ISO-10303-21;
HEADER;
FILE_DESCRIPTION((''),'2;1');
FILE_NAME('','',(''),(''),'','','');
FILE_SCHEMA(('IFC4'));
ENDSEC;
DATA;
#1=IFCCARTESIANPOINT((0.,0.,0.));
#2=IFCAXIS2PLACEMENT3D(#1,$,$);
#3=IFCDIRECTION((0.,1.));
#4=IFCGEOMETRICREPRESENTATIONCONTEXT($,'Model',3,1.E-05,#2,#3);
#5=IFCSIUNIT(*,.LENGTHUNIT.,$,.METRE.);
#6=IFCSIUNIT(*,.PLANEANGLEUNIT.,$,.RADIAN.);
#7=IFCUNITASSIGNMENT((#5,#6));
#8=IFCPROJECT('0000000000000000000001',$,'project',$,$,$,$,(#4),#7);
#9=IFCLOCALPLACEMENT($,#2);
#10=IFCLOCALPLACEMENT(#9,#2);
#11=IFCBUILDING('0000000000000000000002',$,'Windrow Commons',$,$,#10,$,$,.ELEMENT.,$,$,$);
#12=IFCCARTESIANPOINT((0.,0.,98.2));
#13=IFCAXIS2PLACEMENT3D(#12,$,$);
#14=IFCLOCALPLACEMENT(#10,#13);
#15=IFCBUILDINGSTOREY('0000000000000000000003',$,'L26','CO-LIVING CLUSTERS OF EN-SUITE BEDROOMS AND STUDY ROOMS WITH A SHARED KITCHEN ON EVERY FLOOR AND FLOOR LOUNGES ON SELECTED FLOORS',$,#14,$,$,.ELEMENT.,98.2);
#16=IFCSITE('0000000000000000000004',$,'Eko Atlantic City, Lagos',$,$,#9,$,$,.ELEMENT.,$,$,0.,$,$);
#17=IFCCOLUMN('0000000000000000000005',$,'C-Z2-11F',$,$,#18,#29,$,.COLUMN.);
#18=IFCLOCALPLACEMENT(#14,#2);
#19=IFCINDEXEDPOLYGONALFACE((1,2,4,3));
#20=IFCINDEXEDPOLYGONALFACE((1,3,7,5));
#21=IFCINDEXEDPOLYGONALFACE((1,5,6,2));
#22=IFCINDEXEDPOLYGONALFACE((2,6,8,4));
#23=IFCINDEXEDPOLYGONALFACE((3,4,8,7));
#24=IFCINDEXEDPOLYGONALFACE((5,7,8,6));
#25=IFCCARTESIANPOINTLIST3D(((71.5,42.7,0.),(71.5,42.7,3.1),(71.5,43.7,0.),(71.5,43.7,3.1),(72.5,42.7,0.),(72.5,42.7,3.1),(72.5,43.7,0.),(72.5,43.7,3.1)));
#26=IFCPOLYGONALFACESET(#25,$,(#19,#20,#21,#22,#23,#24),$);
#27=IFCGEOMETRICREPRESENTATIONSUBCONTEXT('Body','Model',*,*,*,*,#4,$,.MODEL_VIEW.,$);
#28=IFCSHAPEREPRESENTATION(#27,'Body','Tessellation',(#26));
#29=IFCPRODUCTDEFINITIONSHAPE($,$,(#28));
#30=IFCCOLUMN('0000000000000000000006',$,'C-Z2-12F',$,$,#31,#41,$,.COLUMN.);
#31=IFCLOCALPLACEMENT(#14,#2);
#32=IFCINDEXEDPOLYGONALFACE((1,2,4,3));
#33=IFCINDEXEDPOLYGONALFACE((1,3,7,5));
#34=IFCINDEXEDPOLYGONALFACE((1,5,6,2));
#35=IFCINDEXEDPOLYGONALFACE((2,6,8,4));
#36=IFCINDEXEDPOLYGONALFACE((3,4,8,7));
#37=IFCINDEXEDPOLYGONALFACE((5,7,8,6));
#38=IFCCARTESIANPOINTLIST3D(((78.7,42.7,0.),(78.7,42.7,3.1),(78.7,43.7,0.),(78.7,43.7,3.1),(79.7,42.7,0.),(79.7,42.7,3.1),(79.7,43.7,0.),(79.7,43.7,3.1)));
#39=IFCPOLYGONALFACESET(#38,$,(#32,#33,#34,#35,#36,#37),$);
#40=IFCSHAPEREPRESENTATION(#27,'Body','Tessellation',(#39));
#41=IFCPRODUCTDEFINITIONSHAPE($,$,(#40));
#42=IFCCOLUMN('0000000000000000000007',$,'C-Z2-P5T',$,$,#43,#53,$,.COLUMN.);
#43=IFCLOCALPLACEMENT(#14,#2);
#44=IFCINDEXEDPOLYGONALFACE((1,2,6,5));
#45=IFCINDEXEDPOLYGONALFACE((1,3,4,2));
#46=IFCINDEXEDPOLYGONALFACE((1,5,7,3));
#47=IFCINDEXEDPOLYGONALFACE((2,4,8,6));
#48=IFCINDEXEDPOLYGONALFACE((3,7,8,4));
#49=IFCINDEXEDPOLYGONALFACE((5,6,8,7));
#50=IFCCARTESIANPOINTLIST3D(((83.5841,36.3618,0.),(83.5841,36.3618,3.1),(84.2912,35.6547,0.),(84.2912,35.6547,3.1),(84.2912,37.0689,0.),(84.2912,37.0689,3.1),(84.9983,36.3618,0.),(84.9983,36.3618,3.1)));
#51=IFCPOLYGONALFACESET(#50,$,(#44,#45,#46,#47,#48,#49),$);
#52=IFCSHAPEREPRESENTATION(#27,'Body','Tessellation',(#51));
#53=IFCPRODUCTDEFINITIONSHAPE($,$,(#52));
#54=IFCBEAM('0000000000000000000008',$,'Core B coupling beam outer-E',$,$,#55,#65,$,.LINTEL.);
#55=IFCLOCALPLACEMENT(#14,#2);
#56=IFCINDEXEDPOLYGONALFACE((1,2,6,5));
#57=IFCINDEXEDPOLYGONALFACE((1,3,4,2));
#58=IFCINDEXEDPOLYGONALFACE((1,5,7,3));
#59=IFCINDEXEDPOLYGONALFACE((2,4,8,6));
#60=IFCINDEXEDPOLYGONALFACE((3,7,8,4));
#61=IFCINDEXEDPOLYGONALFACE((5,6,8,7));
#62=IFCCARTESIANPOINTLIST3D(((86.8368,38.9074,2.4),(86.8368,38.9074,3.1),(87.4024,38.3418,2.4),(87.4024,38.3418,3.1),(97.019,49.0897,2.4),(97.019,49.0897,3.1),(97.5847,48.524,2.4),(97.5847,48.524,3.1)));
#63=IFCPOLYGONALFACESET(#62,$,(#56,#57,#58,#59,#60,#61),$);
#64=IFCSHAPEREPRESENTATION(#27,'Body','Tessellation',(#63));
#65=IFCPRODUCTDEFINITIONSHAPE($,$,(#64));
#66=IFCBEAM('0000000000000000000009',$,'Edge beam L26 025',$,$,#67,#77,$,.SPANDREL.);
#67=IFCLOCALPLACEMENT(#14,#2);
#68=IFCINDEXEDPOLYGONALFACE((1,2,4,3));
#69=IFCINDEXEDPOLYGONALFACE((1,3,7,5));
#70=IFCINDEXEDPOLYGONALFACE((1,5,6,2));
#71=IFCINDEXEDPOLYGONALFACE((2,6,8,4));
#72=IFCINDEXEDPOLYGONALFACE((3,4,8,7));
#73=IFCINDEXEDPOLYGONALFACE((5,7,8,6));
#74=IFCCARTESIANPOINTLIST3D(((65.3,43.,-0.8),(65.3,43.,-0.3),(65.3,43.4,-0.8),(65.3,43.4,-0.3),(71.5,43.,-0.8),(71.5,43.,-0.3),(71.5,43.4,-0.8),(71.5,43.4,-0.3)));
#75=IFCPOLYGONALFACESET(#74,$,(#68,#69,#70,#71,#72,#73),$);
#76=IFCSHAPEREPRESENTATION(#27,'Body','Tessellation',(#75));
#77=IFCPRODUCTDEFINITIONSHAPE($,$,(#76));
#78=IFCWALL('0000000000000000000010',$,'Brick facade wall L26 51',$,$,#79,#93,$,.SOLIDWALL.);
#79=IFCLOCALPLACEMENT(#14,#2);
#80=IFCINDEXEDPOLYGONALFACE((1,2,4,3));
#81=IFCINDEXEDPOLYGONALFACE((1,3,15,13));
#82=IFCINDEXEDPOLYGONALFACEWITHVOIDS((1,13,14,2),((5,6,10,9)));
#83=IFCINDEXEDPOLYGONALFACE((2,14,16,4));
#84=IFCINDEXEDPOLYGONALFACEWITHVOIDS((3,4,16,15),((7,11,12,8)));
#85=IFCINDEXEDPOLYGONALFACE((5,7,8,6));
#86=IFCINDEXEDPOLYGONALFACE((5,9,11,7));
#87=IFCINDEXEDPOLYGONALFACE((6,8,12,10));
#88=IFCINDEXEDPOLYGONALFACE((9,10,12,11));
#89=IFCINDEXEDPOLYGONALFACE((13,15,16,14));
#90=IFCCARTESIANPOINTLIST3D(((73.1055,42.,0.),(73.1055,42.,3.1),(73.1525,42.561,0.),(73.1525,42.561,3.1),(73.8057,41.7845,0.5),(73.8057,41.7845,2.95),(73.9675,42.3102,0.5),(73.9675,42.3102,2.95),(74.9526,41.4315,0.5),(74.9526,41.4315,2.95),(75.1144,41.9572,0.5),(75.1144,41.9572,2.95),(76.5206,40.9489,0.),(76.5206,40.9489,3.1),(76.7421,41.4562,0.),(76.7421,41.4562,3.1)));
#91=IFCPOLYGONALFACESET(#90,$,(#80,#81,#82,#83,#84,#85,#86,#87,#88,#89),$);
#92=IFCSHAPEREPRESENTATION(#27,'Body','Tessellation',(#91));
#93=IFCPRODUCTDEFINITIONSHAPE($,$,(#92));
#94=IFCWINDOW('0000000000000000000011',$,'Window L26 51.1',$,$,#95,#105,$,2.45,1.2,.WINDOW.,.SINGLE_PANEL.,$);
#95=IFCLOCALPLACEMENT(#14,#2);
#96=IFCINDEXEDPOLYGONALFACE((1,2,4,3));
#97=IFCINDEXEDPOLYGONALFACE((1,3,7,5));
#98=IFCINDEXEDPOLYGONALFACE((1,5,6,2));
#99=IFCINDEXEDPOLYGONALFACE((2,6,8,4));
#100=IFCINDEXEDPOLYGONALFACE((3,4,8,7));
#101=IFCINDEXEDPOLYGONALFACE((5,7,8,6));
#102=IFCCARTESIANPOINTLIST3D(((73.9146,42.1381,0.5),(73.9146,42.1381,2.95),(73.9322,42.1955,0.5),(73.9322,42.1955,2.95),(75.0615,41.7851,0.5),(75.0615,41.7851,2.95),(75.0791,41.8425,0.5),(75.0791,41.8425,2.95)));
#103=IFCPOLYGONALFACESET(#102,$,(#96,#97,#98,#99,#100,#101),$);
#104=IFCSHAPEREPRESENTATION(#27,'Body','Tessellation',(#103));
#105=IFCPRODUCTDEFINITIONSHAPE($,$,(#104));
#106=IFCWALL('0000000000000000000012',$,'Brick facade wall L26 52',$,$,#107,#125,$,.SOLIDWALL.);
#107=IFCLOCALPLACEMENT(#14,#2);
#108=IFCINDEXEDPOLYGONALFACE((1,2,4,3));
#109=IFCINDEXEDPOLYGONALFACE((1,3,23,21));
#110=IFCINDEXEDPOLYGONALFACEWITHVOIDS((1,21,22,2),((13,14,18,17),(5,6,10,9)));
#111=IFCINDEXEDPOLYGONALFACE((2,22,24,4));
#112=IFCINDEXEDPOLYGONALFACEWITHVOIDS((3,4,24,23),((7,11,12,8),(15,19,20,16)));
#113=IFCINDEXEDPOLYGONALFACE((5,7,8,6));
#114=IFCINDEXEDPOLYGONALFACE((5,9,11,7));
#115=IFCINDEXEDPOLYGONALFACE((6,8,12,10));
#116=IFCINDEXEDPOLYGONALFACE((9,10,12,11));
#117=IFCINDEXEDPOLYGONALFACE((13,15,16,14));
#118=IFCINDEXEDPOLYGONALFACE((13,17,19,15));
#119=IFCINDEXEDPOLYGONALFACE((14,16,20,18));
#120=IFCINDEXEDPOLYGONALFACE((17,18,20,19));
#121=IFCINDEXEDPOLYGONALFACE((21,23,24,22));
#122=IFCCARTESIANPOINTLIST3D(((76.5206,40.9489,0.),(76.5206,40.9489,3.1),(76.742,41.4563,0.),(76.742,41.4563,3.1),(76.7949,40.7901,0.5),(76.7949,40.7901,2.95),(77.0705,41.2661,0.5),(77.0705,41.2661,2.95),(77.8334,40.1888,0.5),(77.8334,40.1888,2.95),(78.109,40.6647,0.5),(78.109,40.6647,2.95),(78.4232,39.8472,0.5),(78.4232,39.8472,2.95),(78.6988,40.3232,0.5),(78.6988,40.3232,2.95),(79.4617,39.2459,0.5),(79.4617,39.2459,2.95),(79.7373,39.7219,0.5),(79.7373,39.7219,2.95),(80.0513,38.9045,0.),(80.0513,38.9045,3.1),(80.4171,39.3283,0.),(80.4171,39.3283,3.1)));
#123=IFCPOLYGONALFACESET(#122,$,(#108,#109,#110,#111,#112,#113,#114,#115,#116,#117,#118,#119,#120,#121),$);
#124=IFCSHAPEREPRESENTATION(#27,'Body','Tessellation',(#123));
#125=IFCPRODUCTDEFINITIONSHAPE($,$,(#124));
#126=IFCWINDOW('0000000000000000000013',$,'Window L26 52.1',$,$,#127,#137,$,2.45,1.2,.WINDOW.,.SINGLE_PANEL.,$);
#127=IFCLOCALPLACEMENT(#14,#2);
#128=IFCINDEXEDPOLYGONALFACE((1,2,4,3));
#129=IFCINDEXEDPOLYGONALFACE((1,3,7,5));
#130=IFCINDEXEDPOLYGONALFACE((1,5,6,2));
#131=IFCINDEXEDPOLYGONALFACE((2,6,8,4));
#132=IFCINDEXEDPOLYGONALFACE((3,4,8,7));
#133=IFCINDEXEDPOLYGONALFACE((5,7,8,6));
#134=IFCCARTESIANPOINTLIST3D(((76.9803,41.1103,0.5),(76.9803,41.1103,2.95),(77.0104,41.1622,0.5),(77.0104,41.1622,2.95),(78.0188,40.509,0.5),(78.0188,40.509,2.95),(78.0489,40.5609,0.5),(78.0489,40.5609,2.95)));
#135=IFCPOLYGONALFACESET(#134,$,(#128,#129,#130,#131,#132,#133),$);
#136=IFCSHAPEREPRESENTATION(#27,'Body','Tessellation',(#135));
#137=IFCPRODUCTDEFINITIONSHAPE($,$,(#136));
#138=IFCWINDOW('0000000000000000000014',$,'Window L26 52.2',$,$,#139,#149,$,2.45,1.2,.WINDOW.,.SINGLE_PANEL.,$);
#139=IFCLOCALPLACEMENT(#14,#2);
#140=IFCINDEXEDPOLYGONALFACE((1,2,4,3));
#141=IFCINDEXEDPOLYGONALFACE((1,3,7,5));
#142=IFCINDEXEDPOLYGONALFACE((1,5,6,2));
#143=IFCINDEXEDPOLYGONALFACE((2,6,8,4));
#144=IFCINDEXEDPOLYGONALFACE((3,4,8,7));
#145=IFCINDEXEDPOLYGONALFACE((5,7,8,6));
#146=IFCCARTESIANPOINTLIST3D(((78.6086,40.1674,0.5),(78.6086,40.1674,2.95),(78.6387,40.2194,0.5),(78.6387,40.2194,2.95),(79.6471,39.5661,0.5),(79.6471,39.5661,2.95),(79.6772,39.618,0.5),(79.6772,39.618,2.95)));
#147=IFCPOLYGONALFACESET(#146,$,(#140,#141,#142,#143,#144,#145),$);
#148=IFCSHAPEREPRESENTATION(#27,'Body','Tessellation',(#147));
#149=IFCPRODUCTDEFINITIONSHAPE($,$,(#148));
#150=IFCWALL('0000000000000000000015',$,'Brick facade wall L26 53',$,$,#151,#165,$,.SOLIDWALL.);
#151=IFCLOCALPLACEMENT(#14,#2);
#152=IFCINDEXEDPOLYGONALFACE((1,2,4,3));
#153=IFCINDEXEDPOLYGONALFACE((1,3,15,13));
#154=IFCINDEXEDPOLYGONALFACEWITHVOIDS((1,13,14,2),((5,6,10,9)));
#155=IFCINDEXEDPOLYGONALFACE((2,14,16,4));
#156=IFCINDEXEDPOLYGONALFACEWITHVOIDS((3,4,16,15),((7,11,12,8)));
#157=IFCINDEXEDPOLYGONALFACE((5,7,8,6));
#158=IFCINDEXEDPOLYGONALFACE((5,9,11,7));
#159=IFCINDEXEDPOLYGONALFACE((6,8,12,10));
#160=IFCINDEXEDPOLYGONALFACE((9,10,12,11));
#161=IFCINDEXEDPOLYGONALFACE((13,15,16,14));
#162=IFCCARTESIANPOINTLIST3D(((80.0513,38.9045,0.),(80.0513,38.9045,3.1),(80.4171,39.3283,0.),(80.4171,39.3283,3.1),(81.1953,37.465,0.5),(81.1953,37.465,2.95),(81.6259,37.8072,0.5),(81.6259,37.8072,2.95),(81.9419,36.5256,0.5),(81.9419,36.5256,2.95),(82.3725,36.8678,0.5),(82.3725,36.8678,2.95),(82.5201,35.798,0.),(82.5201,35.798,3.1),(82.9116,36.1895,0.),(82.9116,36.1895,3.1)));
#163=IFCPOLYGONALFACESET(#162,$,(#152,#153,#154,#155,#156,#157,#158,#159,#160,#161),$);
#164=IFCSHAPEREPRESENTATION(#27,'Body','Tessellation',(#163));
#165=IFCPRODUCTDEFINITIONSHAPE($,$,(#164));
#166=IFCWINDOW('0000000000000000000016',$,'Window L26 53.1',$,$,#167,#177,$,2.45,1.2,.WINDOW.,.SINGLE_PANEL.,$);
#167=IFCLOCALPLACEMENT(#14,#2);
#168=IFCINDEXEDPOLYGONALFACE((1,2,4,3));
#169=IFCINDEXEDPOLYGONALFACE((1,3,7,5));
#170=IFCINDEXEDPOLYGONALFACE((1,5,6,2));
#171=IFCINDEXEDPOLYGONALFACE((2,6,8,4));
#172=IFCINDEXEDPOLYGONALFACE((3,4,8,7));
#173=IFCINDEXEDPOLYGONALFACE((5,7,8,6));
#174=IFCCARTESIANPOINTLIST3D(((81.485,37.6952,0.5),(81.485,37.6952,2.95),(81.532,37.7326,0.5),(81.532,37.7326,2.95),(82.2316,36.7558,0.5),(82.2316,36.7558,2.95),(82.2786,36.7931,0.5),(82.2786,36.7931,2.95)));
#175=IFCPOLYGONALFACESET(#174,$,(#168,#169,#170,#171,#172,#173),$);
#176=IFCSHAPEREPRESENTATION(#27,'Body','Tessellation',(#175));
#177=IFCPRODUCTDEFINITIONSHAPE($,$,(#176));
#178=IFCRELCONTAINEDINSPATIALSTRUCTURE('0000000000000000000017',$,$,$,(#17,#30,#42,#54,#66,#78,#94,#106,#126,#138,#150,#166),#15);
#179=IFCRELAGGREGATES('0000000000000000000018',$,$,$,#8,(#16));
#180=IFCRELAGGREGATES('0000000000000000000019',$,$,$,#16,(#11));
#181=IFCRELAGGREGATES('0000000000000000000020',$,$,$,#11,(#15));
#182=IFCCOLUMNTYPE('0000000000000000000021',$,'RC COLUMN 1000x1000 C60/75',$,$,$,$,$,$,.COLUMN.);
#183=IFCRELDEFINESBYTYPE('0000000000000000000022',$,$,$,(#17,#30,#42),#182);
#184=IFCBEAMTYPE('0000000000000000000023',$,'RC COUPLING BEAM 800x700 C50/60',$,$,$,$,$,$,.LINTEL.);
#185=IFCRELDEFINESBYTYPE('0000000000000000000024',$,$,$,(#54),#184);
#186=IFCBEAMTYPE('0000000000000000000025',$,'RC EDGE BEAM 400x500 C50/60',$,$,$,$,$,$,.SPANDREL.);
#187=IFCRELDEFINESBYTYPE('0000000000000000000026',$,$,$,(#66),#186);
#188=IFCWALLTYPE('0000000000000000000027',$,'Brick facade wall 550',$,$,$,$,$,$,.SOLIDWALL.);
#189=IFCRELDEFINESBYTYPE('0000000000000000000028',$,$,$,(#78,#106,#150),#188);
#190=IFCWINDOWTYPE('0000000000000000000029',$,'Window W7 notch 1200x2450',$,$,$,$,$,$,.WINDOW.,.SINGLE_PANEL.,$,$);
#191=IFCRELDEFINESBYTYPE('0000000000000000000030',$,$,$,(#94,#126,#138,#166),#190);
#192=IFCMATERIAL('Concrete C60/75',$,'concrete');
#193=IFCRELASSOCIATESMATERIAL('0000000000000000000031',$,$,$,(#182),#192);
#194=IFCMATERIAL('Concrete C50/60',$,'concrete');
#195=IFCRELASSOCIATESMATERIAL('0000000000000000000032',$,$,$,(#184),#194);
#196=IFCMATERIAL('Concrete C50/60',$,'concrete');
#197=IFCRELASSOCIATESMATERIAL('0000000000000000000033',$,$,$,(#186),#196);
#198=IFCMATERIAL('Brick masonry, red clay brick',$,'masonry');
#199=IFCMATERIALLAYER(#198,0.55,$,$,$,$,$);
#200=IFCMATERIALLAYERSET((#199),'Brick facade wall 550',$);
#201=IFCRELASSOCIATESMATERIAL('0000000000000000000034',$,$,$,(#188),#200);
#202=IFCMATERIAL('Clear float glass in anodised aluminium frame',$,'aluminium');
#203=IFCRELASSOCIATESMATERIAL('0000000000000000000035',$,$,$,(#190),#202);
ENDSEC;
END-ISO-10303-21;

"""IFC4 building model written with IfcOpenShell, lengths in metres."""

from ifc_helpers import new_model, si_unit, direction, frame, frame_2d, origin, origin_2d, place, context, subcontext, project, spatial, polyline, rectangle, outline, extrude, material, layer, layer_set, material_profile, profile_set, type_object, element, fill, save


model = new_model("IFC4")

# Units and contexts
model_context = context("Model", 3, precision=1e-05, world=origin(), true_north=direction((0.0, 1.0)))
body_context = subcontext(model_context, "Body", "Model", "MODEL_VIEW")
ifc_project = project(units=[si_unit("LENGTHUNIT", "METRE"), si_unit("PLANEANGLEUNIT", "RADIAN")], contexts=[model_context])

# Site, building, storey
site_placement = place(None, origin())
site = spatial("IfcSite", under=ifc_project, at=site_placement, Name="Eko Atlantic City, Lagos", CompositionType="ELEMENT", RefElevation=0.0)
building_placement = place(site_placement, origin())
building = spatial("IfcBuilding", under=site, at=building_placement, Name="Windrow Commons", CompositionType="ELEMENT")
storey_placement = place(building_placement, frame((0.0, 0.0, 98.2)))
storey = spatial("IfcBuildingStorey", under=building, at=storey_placement, Name="L26", Description="CO-LIVING CLUSTERS OF EN-SUITE BEDROOMS AND STUDY ROOMS WITH A SHARED KITCHEN ON EVERY FLOOR AND FLOOR LOUNGES ON SELECTED FLOORS", CompositionType="ELEMENT", Elevation=98.2)

# Columns
ifc_material_1 = material(Name="Concrete C60/75", Category="concrete")
ifc_material_profile_1 = material_profile(ifc_material_1, rectangle(XDim=1.0, YDim=1.0, at=origin_2d()))
ifc_profile_set_1 = profile_set([ifc_material_profile_1], Name="Concrete C60/75")
column_type = type_object("IfcColumnType", Name="RC COLUMN 1000x1000 C60/75", PredefinedType="COLUMN", material=ifc_profile_set_1)
for number, where, z_axis, x_axis, name in (
    (1, (72.0, 43.2, 0.0), (0.0, 0.0, 1.0), (1.0, 0.0, 0.0), "C-Z2-11F"),
    (2, (79.2, 43.2, 0.0), (0.0, 0.0, 1.0), (1.0, 0.0, 0.0), "C-Z2-12F"),
    (3, (84.2912, 36.3618, 0.0), (0.0, 0.0, 1.0), (0.707107, -0.707107, 0.0), "C-Z2-P5T"),
):
    element("IfcColumn", number, at=place(storey_placement, frame(where, z_axis=z_axis, x_axis=x_axis)), inside=storey, type_object=column_type, Name=name, PredefinedType="COLUMN", context=body_context, shape_type="SweptSolid", body=[
        extrude(rectangle(XDim=1.0, YDim=1.0, at=origin_2d()), origin(), (0.0, 0.0, 1.0), 3.1),
    ])

# Beams
ifc_material_2 = material(Name="Concrete C50/60", Category="concrete")
ifc_material_profile_2 = material_profile(ifc_material_2, rectangle(XDim=0.8, YDim=0.7, at=origin_2d()))
ifc_profile_set_2 = profile_set([ifc_material_profile_2], Name="Concrete C50/60")
beam_type_1 = type_object("IfcBeamType", Name="RC COUPLING BEAM 800x700 C50/60", PredefinedType="LINTEL", material=ifc_profile_set_2)
beam_1_placement = place(storey_placement, frame((87.1196, 38.6246, 2.75), z_axis=(0.707107, 0.707107, 0.0), x_axis=(-0.707107, 0.707107, 0.0)))
element("IfcBeam", 4, at=beam_1_placement, inside=storey, type_object=beam_type_1, Name="Core B coupling beam outer-E", PredefinedType="LINTEL", context=body_context, shape_type="SweptSolid", body=[
    extrude(rectangle(XDim=0.8, YDim=0.7, at=origin_2d()), origin(), (0.0, 0.0, 1.0), 14.3999),
])
ifc_material_3 = material(Name="Concrete C50/60", Category="concrete")
ifc_material_profile_3 = material_profile(ifc_material_3, rectangle(XDim=0.4, YDim=0.5, at=origin_2d()))
ifc_profile_set_3 = profile_set([ifc_material_profile_3], Name="Concrete C50/60")
beam_type_2 = type_object("IfcBeamType", Name="RC EDGE BEAM 400x500 C50/60", PredefinedType="SPANDREL", material=ifc_profile_set_3)
beam_2_placement = place(storey_placement, frame((71.5, 43.2, -0.55), z_axis=(-1.0, 0.0, 0.0), x_axis=(0.0, -1.0, 0.0)))
element("IfcBeam", 5, at=beam_2_placement, inside=storey, type_object=beam_type_2, Name="Edge beam L26 025", PredefinedType="SPANDREL", context=body_context, shape_type="SweptSolid", body=[
    extrude(rectangle(XDim=0.4, YDim=0.5, at=origin_2d()), origin(), (0.0, 0.0, 1.0), 6.2),
])

# Wall, opening, window
ifc_material_4 = material(Name="Brick masonry, red clay brick", Category="masonry")
ifc_layer_1 = layer(ifc_material_4, 0.55)
ifc_layer_set_1 = layer_set([ifc_layer_1], Name="Brick facade wall 550")
wall_type_1 = type_object("IfcWallType", Name="Brick facade wall 550", PredefinedType="SOLIDWALL", material=ifc_layer_set_1)
wall_1_placement = place(storey_placement, frame((73.129, 42.2805, 0.0), z_axis=(0.0, 0.0, 1.0), x_axis=(0.955758, -0.294153, 0.0)))
wall_1 = element("IfcWall", 6, at=wall_1_placement, inside=storey, type_object=wall_type_1, Name="Brick facade wall L26 51", PredefinedType="SOLIDWALL", context=body_context, shape_type="SweptSolid", body=[
    extrude(outline(polyline([(0.06, -0.275), (3.6332, -0.275), (3.6957, 0.275), (-0.06, 0.275), (0.06, -0.275)])), origin(), (0.0, 0.0, 1.0), 3.1),
])
opening_1_placement = place(wall_1_placement, frame((0.7927, 0.0, 0.5)))
opening_1 = element("IfcOpeningElement", 7, at=opening_1_placement, cuts=wall_1, PredefinedType="OPENING", context=body_context, shape_type="SweptSolid", body=[
    extrude(rectangle(XDim=1.2, YDim=2.45, at=frame_2d((0.6, 1.225))), frame((0.0, 0.285, 0.0), z_axis=(0.0, -1.0, 0.0), x_axis=(1.0, 0.0, 0.0)), (0.0, 0.0, 1.0), 0.57),
])
ifc_material_5 = material(Name="Clear float glass in anodised aluminium frame", Category="aluminium")
window_type_1 = type_object("IfcWindowType", Name="Window W7 notch 1200x2450", PartitioningType="SINGLE_PANEL", PredefinedType="WINDOW", material=ifc_material_5)
window_1_placement = place(opening_1_placement, origin())
window_1 = element("IfcWindow", 8, at=window_1_placement, inside=storey, type_object=window_type_1, Name="Window L26 51.1", OverallHeight=2.45, OverallWidth=1.2, PartitioningType="SINGLE_PANEL", PredefinedType="WINDOW", context=body_context, shape_type="SweptSolid", body=[
    extrude(rectangle(XDim=1.2, YDim=2.45, at=frame_2d((0.6, 1.225))), frame((0.0, 0.155, 0.0), z_axis=(0.0, -1.0, 0.0), x_axis=(1.0, 0.0, 0.0)), (0.0, 0.0, 1.0), 0.06),
])
fill(opening_1, window_1)

# Wall, openings, windows
wall_2_placement = place(storey_placement, frame((76.6313, 41.2026, 0.0), z_axis=(0.0, 0.0, 1.0), x_axis=(0.865394, -0.501092, 0.0)))
wall_2 = element("IfcWall", 9, at=wall_2_placement, inside=storey, type_object=wall_type_1, Name="Brick facade wall L26 52", PredefinedType="SOLIDWALL", context=body_context, shape_type="SweptSolid", body=[
    extrude(outline(polyline([(0.0313, -0.275), (4.1112, -0.275), (4.2154, 0.275), (-0.0313, 0.275), (0.0313, -0.275)])), origin(), (0.0, 0.0, 1.0), 3.1),
])
opening_2_placement = place(wall_2_placement, frame((0.3483, 0.0, 0.5)))
opening_2 = element("IfcOpeningElement", 10, at=opening_2_placement, cuts=wall_2, PredefinedType="OPENING", context=body_context, shape_type="SweptSolid", body=[
    extrude(rectangle(XDim=1.2, YDim=2.45, at=frame_2d((0.6, 1.225))), frame((0.0, 0.285, 0.0), z_axis=(0.0, -1.0, 0.0), x_axis=(1.0, 0.0, 0.0)), (0.0, 0.0, 1.0), 0.57),
])
opening_3_placement = place(wall_2_placement, frame((2.2299, 0.0, 0.5)))
opening_3 = element("IfcOpeningElement", 11, at=opening_3_placement, cuts=wall_2, PredefinedType="OPENING", context=body_context, shape_type="SweptSolid", body=[
    extrude(rectangle(XDim=1.2, YDim=2.45, at=frame_2d((0.6, 1.225))), frame((0.0, 0.285, 0.0), z_axis=(0.0, -1.0, 0.0), x_axis=(1.0, 0.0, 0.0)), (0.0, 0.0, 1.0), 0.57),
])
window_2_placement = place(opening_2_placement, origin())
window_2 = element("IfcWindow", 12, at=window_2_placement, inside=storey, type_object=window_type_1, Name="Window L26 52.1", OverallHeight=2.45, OverallWidth=1.2, PartitioningType="SINGLE_PANEL", PredefinedType="WINDOW", context=body_context, shape_type="SweptSolid", body=[
    extrude(rectangle(XDim=1.2, YDim=2.45, at=frame_2d((0.6, 1.225))), frame((0.0, 0.155, 0.0), z_axis=(0.0, -1.0, 0.0), x_axis=(1.0, 0.0, 0.0)), (0.0, 0.0, 1.0), 0.06),
])
fill(opening_2, window_2)
window_3_placement = place(opening_3_placement, origin())
window_3 = element("IfcWindow", 13, at=window_3_placement, inside=storey, type_object=window_type_1, Name="Window L26 52.2", OverallHeight=2.45, OverallWidth=1.2, PartitioningType="SINGLE_PANEL", PredefinedType="WINDOW", context=body_context, shape_type="SweptSolid", body=[
    extrude(rectangle(XDim=1.2, YDim=2.45, at=frame_2d((0.6, 1.225))), frame((0.0, 0.155, 0.0), z_axis=(0.0, -1.0, 0.0), x_axis=(1.0, 0.0, 0.0)), (0.0, 0.0, 1.0), 0.06),
])
fill(opening_3, window_3)

# Wall, opening, window
wall_3_placement = place(storey_placement, frame((80.2342, 39.1164, 0.0), z_axis=(0.0, 0.0, 1.0), x_axis=(0.622172, -0.78288, 0.0)))
wall_3 = element("IfcWall", 14, at=wall_3_placement, inside=storey, type_object=wall_type_1, Name="Brick facade wall L26 53", PredefinedType="SOLIDWALL", context=body_context, shape_type="SweptSolid", body=[
    extrude(outline(polyline([(0.0521, -0.275), (4.0201, -0.275), (3.9572, 0.275), (-0.0521, 0.275), (0.0521, -0.275)])), origin(), (0.0, 0.0, 1.0), 3.1),
])
opening_4_placement = place(wall_3_placement, frame((1.8908, 0.0, 0.5)))
opening_4 = element("IfcOpeningElement", 15, at=opening_4_placement, cuts=wall_3, PredefinedType="OPENING", context=body_context, shape_type="SweptSolid", body=[
    extrude(rectangle(XDim=1.2, YDim=2.45, at=frame_2d((0.6, 1.225))), frame((0.0, 0.285, 0.0), z_axis=(0.0, -1.0, 0.0), x_axis=(1.0, 0.0, 0.0)), (0.0, 0.0, 1.0), 0.57),
])
window_4_placement = place(opening_4_placement, origin())
window_4 = element("IfcWindow", 16, at=window_4_placement, inside=storey, type_object=window_type_1, Name="Window L26 53.1", OverallHeight=2.45, OverallWidth=1.2, PartitioningType="SINGLE_PANEL", PredefinedType="WINDOW", context=body_context, shape_type="SweptSolid", body=[
    extrude(rectangle(XDim=1.2, YDim=2.45, at=frame_2d((0.6, 1.225))), frame((0.0, 0.155, 0.0), z_axis=(0.0, -1.0, 0.0), x_axis=(1.0, 0.0, 0.0)), (0.0, 0.0, 1.0), 0.06),
])
fill(opening_4, window_4)

save(model, "model.ifc")
